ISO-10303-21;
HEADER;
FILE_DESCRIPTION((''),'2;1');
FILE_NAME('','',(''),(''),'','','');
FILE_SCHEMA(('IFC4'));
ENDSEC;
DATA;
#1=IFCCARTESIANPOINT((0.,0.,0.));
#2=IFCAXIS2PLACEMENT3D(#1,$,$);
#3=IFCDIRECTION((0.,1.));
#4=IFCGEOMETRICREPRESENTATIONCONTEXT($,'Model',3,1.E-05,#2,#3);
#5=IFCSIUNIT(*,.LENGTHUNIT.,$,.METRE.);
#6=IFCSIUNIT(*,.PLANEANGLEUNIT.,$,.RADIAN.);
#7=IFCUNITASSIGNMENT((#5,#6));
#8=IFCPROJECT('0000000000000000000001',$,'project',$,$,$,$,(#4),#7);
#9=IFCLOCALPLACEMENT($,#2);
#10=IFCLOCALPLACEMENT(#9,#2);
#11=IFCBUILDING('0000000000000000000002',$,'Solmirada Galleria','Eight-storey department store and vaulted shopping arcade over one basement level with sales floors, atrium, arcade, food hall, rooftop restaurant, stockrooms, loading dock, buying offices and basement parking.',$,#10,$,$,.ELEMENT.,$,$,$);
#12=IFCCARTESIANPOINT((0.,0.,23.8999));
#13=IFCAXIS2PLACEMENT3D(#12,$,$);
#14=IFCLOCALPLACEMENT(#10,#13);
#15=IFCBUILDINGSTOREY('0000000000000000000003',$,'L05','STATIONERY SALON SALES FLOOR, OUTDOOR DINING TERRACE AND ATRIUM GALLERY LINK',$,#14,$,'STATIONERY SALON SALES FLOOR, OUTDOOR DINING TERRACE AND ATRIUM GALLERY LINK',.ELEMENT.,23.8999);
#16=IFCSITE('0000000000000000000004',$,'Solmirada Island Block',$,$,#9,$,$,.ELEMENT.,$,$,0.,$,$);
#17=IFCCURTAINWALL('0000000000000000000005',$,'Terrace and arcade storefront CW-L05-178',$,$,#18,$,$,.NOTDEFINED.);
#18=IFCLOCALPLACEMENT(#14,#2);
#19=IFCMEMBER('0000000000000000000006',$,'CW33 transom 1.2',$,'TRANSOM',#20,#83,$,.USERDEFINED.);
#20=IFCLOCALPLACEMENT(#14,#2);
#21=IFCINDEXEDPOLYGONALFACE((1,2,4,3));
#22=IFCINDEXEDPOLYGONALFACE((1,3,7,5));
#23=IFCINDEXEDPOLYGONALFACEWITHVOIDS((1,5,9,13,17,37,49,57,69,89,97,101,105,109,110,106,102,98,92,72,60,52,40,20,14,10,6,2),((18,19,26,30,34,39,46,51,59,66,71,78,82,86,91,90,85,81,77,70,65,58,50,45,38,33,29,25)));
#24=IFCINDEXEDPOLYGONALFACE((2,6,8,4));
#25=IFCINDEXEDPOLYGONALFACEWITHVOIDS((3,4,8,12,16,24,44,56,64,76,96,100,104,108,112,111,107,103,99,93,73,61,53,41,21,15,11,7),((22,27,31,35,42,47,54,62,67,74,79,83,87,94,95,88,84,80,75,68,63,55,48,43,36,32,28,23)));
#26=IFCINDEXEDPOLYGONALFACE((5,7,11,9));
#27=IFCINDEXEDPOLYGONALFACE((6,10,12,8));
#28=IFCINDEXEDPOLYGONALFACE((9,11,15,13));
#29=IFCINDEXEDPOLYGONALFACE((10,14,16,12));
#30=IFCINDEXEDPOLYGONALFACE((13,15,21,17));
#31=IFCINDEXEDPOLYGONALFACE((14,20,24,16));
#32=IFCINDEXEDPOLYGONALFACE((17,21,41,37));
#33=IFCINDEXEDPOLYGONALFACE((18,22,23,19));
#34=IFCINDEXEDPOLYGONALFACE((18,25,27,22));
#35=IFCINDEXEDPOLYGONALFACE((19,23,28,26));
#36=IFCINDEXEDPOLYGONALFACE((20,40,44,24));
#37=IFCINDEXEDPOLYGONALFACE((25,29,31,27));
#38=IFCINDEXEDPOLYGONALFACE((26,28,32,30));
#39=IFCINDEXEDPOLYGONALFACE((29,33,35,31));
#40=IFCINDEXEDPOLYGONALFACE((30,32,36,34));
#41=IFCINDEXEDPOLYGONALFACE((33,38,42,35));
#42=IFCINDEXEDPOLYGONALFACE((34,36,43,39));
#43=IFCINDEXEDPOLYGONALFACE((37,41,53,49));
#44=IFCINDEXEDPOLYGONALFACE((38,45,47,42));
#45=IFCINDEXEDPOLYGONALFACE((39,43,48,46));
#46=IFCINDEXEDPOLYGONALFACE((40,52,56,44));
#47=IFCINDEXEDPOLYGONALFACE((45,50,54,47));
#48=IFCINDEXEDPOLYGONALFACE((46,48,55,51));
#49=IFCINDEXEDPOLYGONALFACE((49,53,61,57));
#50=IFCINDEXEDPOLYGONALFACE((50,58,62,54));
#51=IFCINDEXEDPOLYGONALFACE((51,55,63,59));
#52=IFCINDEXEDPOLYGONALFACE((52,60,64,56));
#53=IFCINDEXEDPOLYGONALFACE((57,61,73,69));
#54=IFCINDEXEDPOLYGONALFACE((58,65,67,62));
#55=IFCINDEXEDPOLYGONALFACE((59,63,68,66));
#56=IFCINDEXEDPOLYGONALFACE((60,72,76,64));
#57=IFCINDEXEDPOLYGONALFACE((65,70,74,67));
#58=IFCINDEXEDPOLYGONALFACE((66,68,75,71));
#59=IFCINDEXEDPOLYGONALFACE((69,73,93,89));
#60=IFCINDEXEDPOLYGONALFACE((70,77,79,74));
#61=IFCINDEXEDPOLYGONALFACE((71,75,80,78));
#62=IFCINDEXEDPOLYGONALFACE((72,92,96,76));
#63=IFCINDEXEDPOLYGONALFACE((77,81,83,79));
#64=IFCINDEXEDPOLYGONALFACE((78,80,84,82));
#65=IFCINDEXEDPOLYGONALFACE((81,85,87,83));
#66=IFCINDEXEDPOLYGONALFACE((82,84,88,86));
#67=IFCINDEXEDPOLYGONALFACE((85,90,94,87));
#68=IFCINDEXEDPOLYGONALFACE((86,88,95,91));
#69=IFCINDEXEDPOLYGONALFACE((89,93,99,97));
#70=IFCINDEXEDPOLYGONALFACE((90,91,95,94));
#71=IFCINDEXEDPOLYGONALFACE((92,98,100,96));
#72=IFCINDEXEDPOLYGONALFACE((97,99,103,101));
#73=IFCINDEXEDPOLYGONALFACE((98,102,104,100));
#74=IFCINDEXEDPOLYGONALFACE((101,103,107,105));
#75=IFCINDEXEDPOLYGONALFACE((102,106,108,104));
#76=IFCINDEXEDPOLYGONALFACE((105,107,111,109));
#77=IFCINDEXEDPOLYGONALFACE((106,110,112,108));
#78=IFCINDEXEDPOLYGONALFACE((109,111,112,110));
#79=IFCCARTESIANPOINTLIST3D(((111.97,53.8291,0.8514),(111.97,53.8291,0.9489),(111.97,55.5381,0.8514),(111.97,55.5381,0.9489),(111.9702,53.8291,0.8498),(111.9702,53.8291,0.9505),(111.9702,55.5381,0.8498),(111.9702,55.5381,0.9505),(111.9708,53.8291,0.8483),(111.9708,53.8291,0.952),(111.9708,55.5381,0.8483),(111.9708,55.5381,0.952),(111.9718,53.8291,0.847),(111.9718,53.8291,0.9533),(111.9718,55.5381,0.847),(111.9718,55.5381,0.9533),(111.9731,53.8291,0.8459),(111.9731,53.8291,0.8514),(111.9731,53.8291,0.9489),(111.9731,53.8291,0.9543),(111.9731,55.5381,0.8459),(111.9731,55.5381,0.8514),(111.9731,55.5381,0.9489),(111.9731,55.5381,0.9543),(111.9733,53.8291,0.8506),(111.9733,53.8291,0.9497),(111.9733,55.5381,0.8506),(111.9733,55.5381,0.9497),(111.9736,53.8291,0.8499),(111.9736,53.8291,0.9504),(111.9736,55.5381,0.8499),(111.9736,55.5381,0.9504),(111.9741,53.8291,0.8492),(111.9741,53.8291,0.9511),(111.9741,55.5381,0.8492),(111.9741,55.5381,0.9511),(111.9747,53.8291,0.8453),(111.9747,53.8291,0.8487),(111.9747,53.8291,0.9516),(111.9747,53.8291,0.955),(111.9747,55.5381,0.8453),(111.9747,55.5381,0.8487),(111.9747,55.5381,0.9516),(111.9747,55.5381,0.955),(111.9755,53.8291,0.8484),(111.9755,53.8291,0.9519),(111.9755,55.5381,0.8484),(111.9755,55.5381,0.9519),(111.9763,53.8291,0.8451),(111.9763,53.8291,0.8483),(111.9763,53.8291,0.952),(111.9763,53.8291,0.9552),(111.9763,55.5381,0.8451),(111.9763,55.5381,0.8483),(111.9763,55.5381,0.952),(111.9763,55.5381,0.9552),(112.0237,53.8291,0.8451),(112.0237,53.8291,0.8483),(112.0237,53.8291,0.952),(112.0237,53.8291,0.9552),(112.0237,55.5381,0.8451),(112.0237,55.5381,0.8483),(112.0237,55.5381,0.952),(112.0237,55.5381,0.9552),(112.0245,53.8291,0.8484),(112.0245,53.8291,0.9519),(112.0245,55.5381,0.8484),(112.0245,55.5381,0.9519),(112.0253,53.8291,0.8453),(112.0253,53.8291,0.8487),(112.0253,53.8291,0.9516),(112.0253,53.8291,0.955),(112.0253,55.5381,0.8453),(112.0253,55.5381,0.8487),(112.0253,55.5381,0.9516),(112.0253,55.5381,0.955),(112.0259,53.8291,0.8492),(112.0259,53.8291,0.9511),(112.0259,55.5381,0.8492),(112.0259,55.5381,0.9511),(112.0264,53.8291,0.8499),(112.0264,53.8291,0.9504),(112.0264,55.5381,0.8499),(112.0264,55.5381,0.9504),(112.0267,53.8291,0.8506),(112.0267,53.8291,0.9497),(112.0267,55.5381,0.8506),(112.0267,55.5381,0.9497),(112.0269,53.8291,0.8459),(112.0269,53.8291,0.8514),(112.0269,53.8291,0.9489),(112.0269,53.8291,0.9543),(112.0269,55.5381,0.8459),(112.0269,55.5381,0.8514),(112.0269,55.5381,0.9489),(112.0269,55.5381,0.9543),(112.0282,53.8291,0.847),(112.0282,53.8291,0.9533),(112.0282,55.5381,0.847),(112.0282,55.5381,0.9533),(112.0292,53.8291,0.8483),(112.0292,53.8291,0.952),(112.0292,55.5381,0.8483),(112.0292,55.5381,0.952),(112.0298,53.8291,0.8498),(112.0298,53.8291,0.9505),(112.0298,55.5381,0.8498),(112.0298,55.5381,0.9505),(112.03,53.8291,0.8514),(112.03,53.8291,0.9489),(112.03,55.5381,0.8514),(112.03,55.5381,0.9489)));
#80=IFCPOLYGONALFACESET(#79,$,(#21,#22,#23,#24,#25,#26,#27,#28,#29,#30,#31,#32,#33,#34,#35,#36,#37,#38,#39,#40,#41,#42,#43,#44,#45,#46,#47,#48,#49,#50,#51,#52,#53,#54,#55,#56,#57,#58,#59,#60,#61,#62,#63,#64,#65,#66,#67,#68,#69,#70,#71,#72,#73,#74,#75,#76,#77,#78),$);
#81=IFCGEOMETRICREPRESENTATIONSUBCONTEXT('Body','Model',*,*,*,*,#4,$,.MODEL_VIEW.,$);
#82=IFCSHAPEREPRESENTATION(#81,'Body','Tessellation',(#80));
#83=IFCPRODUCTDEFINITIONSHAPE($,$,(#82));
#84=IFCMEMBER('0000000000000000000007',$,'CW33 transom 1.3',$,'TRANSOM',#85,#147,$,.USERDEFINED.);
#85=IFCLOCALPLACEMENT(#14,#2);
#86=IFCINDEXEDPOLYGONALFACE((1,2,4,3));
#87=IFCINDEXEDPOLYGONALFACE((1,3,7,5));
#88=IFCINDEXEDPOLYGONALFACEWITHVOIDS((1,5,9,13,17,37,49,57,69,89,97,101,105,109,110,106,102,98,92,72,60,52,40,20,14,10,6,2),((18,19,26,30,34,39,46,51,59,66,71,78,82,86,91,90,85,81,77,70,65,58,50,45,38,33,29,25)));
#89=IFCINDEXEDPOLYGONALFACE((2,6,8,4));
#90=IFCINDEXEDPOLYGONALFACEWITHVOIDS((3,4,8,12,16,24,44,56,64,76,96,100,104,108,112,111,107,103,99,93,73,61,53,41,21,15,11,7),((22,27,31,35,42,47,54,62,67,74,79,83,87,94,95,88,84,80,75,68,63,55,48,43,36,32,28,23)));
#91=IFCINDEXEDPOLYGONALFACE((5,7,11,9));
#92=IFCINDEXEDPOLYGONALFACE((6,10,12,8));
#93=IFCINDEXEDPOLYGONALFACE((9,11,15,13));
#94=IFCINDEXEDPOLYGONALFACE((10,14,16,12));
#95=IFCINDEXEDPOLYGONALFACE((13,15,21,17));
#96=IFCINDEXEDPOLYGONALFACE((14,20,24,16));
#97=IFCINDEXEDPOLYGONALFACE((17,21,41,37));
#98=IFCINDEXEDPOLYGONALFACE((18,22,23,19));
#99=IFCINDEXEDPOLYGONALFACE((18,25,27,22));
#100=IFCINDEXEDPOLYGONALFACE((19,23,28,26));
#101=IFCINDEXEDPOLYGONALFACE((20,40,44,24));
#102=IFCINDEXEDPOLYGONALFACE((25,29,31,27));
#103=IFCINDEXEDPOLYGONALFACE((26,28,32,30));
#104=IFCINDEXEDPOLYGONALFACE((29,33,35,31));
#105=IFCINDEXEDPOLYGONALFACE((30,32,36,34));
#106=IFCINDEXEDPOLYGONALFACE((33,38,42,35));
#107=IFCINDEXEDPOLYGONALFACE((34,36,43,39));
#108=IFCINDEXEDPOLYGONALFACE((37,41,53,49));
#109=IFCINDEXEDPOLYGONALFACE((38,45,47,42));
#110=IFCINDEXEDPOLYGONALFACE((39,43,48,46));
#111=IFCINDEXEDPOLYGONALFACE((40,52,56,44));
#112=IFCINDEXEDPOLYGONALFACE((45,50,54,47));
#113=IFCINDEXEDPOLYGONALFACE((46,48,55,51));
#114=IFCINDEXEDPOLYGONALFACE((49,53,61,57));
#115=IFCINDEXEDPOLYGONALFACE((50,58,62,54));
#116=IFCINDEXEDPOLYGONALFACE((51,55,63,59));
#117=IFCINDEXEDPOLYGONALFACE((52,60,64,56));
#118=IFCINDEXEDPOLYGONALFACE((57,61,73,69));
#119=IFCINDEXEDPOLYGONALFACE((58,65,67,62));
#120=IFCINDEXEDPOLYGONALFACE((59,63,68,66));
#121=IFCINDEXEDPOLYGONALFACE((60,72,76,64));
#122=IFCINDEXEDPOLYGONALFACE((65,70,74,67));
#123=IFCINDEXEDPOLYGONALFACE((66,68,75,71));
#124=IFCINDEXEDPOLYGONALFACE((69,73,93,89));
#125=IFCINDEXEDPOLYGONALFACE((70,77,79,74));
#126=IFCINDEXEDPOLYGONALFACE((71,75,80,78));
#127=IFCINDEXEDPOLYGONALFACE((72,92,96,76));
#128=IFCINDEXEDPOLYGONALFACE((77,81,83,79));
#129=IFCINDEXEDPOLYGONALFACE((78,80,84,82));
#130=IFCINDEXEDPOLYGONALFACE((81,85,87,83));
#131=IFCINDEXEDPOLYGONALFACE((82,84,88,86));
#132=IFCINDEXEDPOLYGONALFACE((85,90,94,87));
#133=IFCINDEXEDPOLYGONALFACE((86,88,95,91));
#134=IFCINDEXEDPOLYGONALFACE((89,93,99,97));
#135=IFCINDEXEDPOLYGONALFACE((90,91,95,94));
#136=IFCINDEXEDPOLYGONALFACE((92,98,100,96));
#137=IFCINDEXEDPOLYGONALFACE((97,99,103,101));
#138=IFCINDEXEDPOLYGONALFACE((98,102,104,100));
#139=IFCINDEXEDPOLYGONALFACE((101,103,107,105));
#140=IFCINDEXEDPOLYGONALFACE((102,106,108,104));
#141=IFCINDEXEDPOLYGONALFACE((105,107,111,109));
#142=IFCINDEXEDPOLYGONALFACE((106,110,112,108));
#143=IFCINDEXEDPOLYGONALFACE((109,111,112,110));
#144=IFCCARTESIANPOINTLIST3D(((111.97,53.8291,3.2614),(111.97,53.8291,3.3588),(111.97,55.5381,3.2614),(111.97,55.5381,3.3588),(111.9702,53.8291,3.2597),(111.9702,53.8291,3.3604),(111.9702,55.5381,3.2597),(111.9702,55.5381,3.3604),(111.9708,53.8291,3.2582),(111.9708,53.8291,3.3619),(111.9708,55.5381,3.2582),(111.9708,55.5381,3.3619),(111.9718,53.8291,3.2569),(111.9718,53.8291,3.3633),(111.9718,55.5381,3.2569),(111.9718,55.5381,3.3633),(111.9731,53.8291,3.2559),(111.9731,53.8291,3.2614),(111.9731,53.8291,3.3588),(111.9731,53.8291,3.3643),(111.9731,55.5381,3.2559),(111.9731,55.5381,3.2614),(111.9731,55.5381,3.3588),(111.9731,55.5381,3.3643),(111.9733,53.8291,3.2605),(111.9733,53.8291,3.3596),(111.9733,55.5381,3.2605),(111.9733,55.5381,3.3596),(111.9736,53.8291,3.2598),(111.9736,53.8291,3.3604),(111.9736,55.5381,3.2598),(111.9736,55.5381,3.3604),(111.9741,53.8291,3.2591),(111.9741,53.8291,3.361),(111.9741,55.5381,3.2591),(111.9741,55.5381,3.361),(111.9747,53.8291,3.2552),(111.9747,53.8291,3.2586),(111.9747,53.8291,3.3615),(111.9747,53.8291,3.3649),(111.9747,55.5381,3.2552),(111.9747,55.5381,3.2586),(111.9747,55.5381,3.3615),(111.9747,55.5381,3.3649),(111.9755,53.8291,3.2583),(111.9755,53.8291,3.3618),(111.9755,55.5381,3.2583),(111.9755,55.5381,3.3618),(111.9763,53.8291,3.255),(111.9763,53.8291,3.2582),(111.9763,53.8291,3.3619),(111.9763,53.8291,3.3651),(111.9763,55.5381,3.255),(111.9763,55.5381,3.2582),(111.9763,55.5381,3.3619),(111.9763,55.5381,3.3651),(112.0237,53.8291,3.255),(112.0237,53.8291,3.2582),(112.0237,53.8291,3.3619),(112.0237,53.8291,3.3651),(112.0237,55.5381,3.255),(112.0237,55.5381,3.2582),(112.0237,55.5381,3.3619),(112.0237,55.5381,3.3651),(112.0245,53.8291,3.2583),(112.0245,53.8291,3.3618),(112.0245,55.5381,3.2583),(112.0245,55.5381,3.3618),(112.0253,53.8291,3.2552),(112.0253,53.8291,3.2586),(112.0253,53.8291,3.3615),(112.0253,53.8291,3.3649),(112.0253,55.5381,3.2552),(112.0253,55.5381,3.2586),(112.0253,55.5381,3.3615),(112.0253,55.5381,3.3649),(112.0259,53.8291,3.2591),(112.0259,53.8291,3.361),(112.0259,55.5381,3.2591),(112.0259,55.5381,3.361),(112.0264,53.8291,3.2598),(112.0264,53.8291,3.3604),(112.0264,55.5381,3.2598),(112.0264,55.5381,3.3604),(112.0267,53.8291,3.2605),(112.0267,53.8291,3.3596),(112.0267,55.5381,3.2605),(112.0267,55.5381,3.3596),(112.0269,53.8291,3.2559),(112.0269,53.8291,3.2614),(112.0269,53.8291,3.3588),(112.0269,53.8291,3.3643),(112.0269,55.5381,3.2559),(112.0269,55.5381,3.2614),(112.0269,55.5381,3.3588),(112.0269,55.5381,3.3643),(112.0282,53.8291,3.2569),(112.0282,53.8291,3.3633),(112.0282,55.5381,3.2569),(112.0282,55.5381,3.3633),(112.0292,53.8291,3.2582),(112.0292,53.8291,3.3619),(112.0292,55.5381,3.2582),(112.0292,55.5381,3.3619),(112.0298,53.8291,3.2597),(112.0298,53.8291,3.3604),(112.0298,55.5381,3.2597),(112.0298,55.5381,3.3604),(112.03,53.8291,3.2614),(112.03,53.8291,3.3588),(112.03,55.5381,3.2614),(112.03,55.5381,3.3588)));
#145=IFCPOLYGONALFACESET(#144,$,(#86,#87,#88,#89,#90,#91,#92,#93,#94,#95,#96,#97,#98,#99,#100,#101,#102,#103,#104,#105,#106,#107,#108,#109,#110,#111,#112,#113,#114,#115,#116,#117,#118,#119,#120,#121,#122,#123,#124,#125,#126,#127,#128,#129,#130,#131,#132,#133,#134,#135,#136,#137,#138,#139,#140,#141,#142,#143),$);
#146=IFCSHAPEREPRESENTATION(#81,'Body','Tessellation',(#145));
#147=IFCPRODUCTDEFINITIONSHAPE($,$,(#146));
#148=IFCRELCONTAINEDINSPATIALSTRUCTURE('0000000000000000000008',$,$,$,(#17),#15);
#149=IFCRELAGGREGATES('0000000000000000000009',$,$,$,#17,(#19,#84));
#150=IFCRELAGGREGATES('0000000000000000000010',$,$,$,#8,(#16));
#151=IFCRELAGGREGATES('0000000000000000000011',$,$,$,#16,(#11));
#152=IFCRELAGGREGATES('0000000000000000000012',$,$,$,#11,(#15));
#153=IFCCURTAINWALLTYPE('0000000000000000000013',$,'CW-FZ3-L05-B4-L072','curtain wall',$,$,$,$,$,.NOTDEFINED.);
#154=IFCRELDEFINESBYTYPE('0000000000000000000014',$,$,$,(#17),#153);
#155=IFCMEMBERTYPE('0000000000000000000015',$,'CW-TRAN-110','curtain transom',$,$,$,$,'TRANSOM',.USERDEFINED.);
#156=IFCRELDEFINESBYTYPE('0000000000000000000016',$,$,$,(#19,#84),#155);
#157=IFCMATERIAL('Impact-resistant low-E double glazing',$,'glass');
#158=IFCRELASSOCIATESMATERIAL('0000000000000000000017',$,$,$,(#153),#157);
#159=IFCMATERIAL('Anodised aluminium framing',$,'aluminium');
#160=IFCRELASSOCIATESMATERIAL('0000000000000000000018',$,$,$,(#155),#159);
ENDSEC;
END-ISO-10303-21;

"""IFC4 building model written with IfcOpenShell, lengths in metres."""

from ifc_helpers import new_model, si_unit, direction, frame, origin, origin_2d, place, context, subcontext, project, spatial, hollow_rectangle, extrude, material, material_profile, profile_set, type_object, element, aggregate, save


model = new_model("IFC4")

# Units and contexts
model_context = context("Model", 3, precision=1e-05, world=origin(), true_north=direction((0.0, 1.0)))
body_context = subcontext(model_context, "Body", "Model", "MODEL_VIEW")
ifc_project = project(units=[si_unit("LENGTHUNIT", "METRE"), si_unit("PLANEANGLEUNIT", "RADIAN")], contexts=[model_context])

# Site, building, storey
site_placement = place(None, origin())
site = spatial("IfcSite", under=ifc_project, at=site_placement, Name="Solmirada Island Block", CompositionType="ELEMENT", RefElevation=0.0)
building_placement = place(site_placement, origin())
building = spatial("IfcBuilding", under=site, at=building_placement, Name="Solmirada Galleria", Description="Eight-storey department store and vaulted shopping arcade over one basement level with sales floors, atrium, arcade, food hall, rooftop restaurant, stockrooms, loading dock, buying offices and basement parking.", CompositionType="ELEMENT")
storey_placement = place(building_placement, frame((0.0, 0.0, 23.8999)))
storey = spatial("IfcBuildingStorey", under=building, at=storey_placement, Name="L05", Description="STATIONERY SALON SALES FLOOR, OUTDOOR DINING TERRACE AND ATRIUM GALLERY LINK", LongName="STATIONERY SALON SALES FLOOR, OUTDOOR DINING TERRACE AND ATRIUM GALLERY LINK", CompositionType="ELEMENT", Elevation=23.8999)

# Curtain wall
ifc_material_1 = material(Name="Impact-resistant low-E double glazing", Category="glass")
curtain_wall_type = type_object("IfcCurtainWallType", Name="CW-FZ3-L05-B4-L072", Description="curtain wall", PredefinedType="NOTDEFINED", material=ifc_material_1)
ifc_material_2 = material(Name="Anodised aluminium framing", Category="aluminium")
curtain_wall_1_placement = place(storey_placement, origin())
curtain_wall_1 = element("IfcCurtainWall", 1, at=curtain_wall_1_placement, inside=storey, type_object=curtain_wall_type, Name="Terrace and arcade storefront CW-L05-178", PredefinedType="NOTDEFINED")

# Members
ifc_material_profile_1 = material_profile(ifc_material_2, hollow_rectangle(XDim=0.0601, YDim=0.1101, WallThickness=0.0032, InnerFilletRadius=0.0032, OuterFilletRadius=0.0063, at=origin_2d()), Name="ALU-TRAN-110X60")
ifc_profile_set_1 = profile_set([ifc_material_profile_1], Name="Anodised aluminium framing")
member_type_1 = type_object("IfcMemberType", Name="CW-TRAN-110", Description="curtain transom", ElementType="TRANSOM", PredefinedType="USERDEFINED", material=ifc_profile_set_1)
member_1_placement = place(storey_placement, frame((112.0, 55.5381, 0.9001), z_axis=(0.0, -1.0, 0.0), x_axis=(1.0, 0.0, 0.0)))
member_1 = element("IfcMember", 2, at=member_1_placement, type_object=member_type_1, Name="CW33 transom 1.2", ObjectType="TRANSOM", PredefinedType="USERDEFINED", context=body_context, shape_type="SweptSolid", body=[
    extrude(hollow_rectangle(XDim=0.0601, YDim=0.1101, WallThickness=0.0032, InnerFilletRadius=0.0032, OuterFilletRadius=0.0063, at=origin_2d()), origin(), (0.0, 0.0, 1.0), 1.709),
])
member_2_placement = place(storey_placement, frame((112.0, 55.5381, 3.3101), z_axis=(0.0, -1.0, 0.0), x_axis=(1.0, 0.0, 0.0)))
member_2 = element("IfcMember", 3, at=member_2_placement, type_object=member_type_1, Name="CW33 transom 1.3", ObjectType="TRANSOM", PredefinedType="USERDEFINED", context=body_context, shape_type="SweptSolid", body=[
    extrude(hollow_rectangle(XDim=0.0601, YDim=0.1101, WallThickness=0.0032, InnerFilletRadius=0.0032, OuterFilletRadius=0.0063, at=origin_2d()), origin(), (0.0, 0.0, 1.0), 1.709),
])

aggregate(curtain_wall_1, [member_1, member_2])

save(model, "model.ifc")
